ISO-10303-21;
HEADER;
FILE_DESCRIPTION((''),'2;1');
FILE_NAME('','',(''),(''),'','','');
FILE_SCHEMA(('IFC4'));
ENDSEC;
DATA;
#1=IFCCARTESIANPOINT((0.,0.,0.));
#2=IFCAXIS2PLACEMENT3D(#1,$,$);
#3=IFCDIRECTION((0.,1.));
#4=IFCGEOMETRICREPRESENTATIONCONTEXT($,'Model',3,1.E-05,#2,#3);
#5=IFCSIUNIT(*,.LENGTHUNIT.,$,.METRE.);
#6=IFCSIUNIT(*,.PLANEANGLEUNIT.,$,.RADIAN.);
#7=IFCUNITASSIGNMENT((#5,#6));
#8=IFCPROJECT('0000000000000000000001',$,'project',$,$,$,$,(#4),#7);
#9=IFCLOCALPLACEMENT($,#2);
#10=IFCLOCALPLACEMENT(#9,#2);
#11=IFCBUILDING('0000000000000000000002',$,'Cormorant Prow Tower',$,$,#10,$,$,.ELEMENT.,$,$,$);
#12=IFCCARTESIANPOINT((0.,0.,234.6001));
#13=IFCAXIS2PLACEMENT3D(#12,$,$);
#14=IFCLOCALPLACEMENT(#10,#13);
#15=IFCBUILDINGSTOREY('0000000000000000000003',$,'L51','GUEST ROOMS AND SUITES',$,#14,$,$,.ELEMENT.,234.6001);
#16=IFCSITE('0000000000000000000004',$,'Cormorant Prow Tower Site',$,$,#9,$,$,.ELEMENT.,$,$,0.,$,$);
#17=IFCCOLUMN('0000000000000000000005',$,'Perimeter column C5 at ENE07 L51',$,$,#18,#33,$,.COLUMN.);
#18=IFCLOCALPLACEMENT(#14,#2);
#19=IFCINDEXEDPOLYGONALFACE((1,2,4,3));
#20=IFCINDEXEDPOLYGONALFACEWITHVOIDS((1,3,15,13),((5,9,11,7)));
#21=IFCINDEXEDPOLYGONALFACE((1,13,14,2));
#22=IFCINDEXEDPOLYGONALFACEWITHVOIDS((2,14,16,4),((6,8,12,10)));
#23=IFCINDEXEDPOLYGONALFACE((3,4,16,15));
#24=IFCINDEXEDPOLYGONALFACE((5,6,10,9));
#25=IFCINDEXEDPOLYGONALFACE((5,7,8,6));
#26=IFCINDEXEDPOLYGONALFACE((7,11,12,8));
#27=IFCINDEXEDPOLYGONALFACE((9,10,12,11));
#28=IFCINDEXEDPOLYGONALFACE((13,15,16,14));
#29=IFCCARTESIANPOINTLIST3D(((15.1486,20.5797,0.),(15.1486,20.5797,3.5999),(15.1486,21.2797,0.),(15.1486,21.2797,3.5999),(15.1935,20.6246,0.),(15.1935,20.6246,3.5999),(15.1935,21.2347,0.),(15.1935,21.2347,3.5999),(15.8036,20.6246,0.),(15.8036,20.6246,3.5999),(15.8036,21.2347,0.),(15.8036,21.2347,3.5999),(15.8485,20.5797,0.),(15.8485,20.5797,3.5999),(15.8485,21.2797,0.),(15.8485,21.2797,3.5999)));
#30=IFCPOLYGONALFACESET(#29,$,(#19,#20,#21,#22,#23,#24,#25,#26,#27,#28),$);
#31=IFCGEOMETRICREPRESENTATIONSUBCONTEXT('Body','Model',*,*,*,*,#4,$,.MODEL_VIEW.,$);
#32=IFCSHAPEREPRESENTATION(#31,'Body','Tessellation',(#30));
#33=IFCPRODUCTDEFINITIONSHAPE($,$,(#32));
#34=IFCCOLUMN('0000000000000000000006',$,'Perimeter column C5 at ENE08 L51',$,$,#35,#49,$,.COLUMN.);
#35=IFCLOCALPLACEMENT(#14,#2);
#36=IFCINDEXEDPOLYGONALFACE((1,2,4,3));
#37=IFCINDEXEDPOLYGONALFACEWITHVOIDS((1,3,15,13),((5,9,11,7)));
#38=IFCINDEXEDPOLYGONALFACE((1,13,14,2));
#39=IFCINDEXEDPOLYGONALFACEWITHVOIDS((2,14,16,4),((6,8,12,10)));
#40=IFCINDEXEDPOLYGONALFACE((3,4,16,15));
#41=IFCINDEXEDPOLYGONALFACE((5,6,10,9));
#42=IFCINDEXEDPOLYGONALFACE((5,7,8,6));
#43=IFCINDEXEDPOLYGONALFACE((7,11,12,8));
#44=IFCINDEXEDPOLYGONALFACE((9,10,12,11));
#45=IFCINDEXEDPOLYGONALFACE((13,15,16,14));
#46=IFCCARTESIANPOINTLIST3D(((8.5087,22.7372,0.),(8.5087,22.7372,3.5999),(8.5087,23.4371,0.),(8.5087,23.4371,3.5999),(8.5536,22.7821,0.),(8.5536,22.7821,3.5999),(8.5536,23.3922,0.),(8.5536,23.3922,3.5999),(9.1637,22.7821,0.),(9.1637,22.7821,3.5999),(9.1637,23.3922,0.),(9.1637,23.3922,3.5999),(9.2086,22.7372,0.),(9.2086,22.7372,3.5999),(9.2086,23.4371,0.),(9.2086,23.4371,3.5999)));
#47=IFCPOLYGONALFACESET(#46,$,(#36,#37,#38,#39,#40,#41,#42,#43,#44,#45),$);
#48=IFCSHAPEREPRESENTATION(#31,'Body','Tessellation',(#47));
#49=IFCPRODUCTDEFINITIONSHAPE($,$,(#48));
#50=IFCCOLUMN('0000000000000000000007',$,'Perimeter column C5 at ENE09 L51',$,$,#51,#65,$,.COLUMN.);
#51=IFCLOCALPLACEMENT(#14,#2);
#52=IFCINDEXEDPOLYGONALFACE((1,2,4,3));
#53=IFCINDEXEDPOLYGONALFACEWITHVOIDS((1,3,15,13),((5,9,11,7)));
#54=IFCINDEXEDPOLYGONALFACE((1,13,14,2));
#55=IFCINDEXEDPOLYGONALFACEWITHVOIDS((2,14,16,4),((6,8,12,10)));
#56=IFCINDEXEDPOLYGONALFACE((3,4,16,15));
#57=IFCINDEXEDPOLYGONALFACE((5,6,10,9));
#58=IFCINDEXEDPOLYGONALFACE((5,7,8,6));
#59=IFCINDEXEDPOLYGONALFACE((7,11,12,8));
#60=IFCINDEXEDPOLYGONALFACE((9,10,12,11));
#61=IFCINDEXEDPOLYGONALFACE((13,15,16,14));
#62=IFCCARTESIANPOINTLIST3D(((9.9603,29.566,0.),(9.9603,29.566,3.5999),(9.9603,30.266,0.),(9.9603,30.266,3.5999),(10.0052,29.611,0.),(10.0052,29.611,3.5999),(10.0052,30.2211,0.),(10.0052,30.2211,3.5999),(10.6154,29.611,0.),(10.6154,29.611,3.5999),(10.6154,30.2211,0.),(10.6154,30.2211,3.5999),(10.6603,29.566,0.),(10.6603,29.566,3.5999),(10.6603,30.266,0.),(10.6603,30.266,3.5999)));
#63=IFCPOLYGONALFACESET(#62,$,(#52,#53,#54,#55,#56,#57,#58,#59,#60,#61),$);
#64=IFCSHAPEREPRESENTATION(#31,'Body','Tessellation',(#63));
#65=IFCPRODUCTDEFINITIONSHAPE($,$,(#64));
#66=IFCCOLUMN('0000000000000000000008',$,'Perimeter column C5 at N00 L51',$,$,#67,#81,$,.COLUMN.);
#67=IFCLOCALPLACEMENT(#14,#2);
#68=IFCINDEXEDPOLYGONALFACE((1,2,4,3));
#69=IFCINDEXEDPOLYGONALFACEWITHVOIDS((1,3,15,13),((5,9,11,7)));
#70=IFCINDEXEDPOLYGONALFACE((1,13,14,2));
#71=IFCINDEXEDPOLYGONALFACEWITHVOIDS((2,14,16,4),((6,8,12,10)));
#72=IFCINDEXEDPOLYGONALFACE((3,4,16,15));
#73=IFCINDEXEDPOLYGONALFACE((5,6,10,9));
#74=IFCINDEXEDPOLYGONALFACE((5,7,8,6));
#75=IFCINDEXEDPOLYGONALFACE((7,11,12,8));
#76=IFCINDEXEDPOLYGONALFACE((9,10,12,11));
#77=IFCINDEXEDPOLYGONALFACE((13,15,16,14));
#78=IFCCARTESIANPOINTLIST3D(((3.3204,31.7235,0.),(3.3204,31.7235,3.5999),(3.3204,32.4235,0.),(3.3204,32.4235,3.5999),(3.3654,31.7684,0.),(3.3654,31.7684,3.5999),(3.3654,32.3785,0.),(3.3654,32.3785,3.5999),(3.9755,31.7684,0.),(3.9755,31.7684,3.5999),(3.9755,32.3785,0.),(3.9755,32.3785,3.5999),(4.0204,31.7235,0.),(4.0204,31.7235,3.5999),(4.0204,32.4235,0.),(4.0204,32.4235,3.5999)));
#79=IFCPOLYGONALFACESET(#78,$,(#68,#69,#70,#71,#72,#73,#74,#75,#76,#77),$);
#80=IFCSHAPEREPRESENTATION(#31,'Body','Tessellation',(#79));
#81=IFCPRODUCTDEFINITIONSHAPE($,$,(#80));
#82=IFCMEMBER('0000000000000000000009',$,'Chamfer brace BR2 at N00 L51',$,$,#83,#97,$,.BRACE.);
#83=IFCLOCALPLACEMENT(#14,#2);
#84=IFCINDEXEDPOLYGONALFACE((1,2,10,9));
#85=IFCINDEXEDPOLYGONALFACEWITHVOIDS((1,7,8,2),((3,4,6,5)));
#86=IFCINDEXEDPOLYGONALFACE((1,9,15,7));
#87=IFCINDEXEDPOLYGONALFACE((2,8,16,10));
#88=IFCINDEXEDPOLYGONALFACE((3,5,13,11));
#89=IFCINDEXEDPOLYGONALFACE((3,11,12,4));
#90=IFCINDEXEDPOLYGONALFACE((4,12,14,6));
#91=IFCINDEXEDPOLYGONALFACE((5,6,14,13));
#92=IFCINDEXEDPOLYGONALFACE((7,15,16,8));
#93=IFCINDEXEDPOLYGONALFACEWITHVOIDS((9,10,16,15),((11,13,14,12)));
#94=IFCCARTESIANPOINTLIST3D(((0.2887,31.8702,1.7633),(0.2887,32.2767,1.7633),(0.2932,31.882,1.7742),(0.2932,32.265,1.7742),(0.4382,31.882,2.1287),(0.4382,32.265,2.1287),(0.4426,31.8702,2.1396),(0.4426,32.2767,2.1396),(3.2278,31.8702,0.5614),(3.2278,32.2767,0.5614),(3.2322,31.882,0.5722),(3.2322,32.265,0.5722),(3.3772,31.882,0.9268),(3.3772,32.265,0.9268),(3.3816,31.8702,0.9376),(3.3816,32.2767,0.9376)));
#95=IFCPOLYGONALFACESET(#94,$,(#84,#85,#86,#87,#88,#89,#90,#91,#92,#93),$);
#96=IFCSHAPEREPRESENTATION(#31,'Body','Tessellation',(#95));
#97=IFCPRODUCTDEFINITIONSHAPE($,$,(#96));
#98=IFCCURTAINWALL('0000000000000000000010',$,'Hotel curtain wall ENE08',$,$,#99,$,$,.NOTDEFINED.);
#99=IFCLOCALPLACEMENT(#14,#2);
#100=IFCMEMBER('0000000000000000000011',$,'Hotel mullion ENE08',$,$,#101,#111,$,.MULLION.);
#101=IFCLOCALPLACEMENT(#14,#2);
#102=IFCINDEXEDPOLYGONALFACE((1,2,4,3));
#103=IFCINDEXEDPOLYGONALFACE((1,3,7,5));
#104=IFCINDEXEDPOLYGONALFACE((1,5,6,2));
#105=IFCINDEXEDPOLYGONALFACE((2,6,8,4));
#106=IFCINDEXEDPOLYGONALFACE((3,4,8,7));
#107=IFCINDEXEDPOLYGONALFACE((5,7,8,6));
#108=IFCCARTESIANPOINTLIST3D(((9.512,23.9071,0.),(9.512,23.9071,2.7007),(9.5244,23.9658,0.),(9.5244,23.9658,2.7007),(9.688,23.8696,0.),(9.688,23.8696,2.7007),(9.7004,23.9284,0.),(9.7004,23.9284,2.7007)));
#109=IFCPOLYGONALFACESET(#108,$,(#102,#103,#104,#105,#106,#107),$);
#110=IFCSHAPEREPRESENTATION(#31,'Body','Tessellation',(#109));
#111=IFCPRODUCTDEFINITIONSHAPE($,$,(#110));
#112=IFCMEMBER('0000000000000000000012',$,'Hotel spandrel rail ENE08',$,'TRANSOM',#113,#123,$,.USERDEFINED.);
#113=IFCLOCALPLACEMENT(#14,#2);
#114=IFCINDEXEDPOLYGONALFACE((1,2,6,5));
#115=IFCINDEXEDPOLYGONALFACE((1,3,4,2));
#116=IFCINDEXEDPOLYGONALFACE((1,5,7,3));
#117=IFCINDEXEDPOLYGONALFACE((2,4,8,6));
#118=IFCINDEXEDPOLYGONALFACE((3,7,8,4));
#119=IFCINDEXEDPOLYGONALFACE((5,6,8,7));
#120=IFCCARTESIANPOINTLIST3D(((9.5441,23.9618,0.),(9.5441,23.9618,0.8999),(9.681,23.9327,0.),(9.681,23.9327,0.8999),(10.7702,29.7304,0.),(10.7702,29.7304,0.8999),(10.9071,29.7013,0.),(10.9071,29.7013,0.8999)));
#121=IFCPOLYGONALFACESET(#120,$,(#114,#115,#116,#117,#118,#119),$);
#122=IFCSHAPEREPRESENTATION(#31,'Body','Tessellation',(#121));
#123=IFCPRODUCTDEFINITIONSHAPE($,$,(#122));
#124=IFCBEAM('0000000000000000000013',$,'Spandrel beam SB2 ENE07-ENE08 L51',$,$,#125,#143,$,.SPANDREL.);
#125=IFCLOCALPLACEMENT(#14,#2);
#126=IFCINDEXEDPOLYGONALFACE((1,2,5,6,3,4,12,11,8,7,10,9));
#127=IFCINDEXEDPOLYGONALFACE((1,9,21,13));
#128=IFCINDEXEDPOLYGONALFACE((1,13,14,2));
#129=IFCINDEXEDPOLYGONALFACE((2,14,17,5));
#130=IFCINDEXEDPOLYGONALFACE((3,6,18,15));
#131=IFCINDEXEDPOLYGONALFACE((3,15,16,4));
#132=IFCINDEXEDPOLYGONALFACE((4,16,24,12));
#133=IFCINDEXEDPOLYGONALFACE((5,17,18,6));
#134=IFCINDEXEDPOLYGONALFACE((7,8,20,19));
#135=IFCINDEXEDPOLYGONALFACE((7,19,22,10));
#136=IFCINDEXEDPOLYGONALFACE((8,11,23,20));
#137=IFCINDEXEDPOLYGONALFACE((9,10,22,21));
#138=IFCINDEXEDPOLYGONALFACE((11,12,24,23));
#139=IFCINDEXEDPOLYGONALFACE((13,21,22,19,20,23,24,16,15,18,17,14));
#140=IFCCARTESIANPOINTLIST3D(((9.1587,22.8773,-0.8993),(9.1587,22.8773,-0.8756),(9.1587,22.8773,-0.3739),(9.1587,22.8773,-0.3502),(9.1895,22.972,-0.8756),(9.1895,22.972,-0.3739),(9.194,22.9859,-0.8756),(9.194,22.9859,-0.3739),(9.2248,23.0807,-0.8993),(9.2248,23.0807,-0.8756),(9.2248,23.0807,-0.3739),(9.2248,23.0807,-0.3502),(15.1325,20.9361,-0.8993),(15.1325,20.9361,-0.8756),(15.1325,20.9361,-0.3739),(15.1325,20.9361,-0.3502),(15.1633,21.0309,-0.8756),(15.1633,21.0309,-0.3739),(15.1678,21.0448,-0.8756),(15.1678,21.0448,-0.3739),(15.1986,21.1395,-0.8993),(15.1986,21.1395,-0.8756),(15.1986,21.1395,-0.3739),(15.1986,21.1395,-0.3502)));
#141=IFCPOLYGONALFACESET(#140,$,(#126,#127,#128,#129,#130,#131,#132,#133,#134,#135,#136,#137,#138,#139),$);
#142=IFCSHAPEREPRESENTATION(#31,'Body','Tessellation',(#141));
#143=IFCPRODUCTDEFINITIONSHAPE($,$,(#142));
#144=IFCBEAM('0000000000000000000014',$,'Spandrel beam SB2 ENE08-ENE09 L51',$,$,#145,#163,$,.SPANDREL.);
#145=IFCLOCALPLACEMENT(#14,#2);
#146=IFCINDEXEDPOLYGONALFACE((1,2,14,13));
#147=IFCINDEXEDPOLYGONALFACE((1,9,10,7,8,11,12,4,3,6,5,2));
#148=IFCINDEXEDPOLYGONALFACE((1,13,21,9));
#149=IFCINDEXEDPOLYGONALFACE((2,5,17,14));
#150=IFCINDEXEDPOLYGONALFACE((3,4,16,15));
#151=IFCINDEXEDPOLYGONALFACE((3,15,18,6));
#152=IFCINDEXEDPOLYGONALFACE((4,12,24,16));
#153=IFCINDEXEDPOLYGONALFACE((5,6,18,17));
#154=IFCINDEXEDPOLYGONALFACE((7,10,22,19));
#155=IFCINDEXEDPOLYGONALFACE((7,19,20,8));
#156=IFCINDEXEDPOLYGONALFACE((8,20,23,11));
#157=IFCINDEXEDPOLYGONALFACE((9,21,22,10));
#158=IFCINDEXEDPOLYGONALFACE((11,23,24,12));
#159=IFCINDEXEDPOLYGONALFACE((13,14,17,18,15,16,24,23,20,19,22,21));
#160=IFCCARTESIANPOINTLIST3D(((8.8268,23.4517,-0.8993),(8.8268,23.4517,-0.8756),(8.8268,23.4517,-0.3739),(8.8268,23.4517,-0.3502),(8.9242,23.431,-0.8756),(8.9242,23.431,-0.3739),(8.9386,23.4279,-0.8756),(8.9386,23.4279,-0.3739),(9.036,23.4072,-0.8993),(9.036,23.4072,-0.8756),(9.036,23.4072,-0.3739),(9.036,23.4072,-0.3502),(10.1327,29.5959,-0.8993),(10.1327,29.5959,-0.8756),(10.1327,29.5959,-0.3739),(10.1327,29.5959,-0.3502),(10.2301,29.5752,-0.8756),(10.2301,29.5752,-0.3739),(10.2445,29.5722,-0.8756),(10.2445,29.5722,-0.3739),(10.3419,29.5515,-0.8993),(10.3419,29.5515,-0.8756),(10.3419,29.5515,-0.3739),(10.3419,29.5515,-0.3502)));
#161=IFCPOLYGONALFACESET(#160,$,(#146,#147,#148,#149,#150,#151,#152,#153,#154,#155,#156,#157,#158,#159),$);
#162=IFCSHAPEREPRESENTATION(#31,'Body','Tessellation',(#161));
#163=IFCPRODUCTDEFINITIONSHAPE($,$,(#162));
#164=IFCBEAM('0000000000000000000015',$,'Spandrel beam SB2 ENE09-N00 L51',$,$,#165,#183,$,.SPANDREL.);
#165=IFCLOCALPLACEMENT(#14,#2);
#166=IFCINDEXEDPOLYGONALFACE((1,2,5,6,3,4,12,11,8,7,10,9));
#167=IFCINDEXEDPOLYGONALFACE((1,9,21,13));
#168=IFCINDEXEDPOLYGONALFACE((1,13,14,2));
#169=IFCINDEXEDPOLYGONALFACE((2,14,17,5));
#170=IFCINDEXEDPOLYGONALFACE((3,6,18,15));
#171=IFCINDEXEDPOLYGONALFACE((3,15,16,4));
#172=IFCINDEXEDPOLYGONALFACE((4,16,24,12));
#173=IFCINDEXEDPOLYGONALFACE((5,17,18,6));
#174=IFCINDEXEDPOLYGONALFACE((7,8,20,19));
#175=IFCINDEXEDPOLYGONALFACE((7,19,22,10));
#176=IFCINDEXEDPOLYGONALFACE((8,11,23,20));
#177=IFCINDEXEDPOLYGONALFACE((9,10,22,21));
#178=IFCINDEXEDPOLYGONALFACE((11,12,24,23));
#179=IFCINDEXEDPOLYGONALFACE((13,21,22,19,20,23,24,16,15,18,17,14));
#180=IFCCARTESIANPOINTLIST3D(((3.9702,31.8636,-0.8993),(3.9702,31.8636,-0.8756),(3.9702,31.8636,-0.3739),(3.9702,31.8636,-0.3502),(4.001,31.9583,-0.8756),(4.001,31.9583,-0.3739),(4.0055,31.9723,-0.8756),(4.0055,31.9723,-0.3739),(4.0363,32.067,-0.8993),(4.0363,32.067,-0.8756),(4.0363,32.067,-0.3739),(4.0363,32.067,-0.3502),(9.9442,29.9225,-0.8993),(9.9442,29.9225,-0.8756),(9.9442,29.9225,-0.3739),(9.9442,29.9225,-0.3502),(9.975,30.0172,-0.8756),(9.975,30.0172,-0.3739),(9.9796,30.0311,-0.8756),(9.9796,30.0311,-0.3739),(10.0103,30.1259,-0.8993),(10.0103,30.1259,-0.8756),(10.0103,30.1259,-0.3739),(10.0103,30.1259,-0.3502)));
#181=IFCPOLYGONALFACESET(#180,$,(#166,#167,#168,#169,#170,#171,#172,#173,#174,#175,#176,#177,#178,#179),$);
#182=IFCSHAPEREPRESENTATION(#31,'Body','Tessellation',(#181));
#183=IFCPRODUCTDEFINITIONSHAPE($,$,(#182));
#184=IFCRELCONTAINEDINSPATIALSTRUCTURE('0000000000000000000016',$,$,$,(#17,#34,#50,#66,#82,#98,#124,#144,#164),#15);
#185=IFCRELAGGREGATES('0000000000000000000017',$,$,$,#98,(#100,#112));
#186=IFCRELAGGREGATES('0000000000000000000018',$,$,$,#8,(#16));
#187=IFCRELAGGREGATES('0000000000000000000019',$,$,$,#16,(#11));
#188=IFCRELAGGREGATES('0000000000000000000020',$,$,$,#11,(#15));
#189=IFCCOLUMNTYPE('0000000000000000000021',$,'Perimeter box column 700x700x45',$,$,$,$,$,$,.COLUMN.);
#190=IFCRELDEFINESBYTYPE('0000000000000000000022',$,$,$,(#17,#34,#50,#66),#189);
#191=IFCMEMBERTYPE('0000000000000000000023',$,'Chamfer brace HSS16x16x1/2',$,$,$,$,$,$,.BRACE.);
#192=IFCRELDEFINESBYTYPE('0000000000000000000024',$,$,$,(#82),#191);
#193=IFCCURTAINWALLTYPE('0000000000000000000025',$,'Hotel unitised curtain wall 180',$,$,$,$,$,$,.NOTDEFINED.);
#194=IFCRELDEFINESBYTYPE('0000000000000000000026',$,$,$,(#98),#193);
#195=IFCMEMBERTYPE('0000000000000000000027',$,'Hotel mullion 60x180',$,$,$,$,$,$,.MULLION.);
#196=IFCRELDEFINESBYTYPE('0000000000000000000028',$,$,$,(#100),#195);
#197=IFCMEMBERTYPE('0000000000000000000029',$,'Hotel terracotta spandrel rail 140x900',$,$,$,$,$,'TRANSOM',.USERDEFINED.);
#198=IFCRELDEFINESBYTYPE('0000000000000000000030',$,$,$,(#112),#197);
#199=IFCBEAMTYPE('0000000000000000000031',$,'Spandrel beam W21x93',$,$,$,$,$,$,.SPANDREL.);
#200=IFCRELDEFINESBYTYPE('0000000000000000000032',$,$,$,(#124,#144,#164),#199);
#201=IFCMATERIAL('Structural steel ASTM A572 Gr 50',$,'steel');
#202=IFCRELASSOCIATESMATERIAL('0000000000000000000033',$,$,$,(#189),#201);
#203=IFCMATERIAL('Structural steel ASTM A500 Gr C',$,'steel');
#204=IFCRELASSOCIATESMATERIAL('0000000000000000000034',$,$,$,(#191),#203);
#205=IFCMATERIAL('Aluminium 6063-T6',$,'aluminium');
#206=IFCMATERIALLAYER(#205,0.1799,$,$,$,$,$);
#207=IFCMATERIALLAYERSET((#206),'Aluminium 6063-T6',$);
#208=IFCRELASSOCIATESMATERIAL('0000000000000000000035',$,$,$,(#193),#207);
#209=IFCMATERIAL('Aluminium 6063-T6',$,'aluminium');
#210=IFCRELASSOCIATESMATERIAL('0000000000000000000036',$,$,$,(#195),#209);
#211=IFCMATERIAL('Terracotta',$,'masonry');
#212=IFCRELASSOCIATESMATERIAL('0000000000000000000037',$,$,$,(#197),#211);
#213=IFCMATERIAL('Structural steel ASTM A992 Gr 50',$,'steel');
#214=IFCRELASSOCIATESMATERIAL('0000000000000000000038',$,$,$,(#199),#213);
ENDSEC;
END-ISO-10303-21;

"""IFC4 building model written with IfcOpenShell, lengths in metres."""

from ifc_helpers import new_model, si_unit, direction, frame, origin, origin_2d, place, context, subcontext, project, spatial, rectangle, hollow_rectangle, i_section, extrude, material, layer, layer_set, material_profile, profile_set, type_object, element, aggregate, save


model = new_model("IFC4")

# Units and contexts
model_context = context("Model", 3, precision=1e-05, world=origin(), true_north=direction((0.0, 1.0)))
body_context = subcontext(model_context, "Body", "Model", "MODEL_VIEW")
ifc_project = project(units=[si_unit("LENGTHUNIT", "METRE"), si_unit("PLANEANGLEUNIT", "RADIAN")], contexts=[model_context])

# Site, building, storey
site_placement = place(None, origin())
site = spatial("IfcSite", under=ifc_project, at=site_placement, Name="Cormorant Prow Tower Site", CompositionType="ELEMENT", RefElevation=0.0)
building_placement = place(site_placement, origin())
building = spatial("IfcBuilding", under=site, at=building_placement, Name="Cormorant Prow Tower", CompositionType="ELEMENT")
storey_placement = place(building_placement, frame((0.0, 0.0, 234.6001)))
storey = spatial("IfcBuildingStorey", under=building, at=storey_placement, Name="L51", Description="GUEST ROOMS AND SUITES", CompositionType="ELEMENT", Elevation=234.6001)

# Columns
ifc_material_1 = material(Name="Structural steel ASTM A572 Gr 50", Category="steel")
ifc_material_profile_1 = material_profile(ifc_material_1, hollow_rectangle(XDim=0.7, YDim=0.7, WallThickness=0.0449, at=origin_2d()), Name="Box 700x700x45")
ifc_profile_set_1 = profile_set([ifc_material_profile_1], Name="Structural steel ASTM A572 Gr 50")
column_type = type_object("IfcColumnType", Name="Perimeter box column 700x700x45", PredefinedType="COLUMN", material=ifc_profile_set_1)
for number, where, z_axis, x_axis, name in (
    (1, (15.4985, 20.9297, 0.0), (0.0, 0.0, 1.0), (1.0, 0.0, 0.0), "Perimeter column C5 at ENE07 L51"),
    (2, (8.8586, 23.0872, 0.0), (0.0, 0.0, 1.0), (1.0, 0.0, 0.0), "Perimeter column C5 at ENE08 L51"),
    (3, (10.3103, 29.916, 0.0), (0.0, 0.0, 1.0), (1.0, 0.0, 0.0), "Perimeter column C5 at ENE09 L51"),
    (4, (3.6704, 32.0735, 0.0), (0.0, 0.0, 1.0), (1.0, 0.0, 0.0), "Perimeter column C5 at N00 L51"),
):
    element("IfcColumn", number, at=place(storey_placement, frame(where, z_axis=z_axis, x_axis=x_axis)), inside=storey, type_object=column_type, Name=name, PredefinedType="COLUMN", context=body_context, shape_type="SweptSolid", body=[
        extrude(hollow_rectangle(XDim=0.7, YDim=0.7, WallThickness=0.0449, at=origin_2d()), origin(), (0.0, 0.0, 1.0), 3.5999),
    ])

# Member
ifc_material_2 = material(Name="Structural steel ASTM A500 Gr C", Category="steel")
ifc_material_profile_2 = material_profile(ifc_material_2, hollow_rectangle(XDim=0.4065, YDim=0.4065, WallThickness=0.0117, at=origin_2d()), Name="HSS16x16x1/2")
ifc_profile_set_2 = profile_set([ifc_material_profile_2], Name="Structural steel ASTM A500 Gr C")
member_type_1 = type_object("IfcMemberType", Name="Chamfer brace HSS16x16x1/2", PredefinedType="BRACE", material=ifc_profile_set_2)
member_1_placement = place(storey_placement, frame((3.3047, 32.0735, 0.7495), z_axis=(-0.925591, 0.0, 0.378525), x_axis=(0.0, -1.0, 0.0)))
element("IfcMember", 5, at=member_1_placement, inside=storey, type_object=member_type_1, Name="Chamfer brace BR2 at N00 L51", PredefinedType="BRACE", context=body_context, shape_type="SweptSolid", body=[
    extrude(hollow_rectangle(XDim=0.4065, YDim=0.4065, WallThickness=0.0117, at=origin_2d()), origin(), (0.0, 0.0, 1.0), 3.1753),
])

# Curtain wall, members
ifc_material_3 = material(Name="Aluminium 6063-T6", Category="aluminium")
ifc_layer_1 = layer(ifc_material_3, 0.1799)
ifc_layer_set_1 = layer_set([ifc_layer_1], Name="Aluminium 6063-T6")
curtain_wall_type = type_object("IfcCurtainWallType", Name="Hotel unitised curtain wall 180", PredefinedType="NOTDEFINED", material=ifc_layer_set_1)
curtain_wall_1_placement = place(storey_placement, origin())
curtain_wall_1 = element("IfcCurtainWall", 6, at=curtain_wall_1_placement, inside=storey, type_object=curtain_wall_type, Name="Hotel curtain wall ENE08", PredefinedType="NOTDEFINED")
ifc_material_4 = material(Name="Aluminium 6063-T6", Category="aluminium")
ifc_material_profile_3 = material_profile(ifc_material_4, rectangle(XDim=0.1799, YDim=0.0601, at=origin_2d()), Name="Hotel mullion 60x180")
ifc_profile_set_3 = profile_set([ifc_material_profile_3], Name="Aluminium 6063-T6")
member_type_2 = type_object("IfcMemberType", Name="Hotel mullion 60x180", PredefinedType="MULLION", material=ifc_profile_set_3)
member_2_placement = place(storey_placement, frame((9.6062, 23.9177, 0.0), z_axis=(0.0, 0.0, 1.0), x_axis=(-0.978148, 0.207912, 0.0)))
member_2 = element("IfcMember", 7, at=member_2_placement, type_object=member_type_2, Name="Hotel mullion ENE08", PredefinedType="MULLION", context=body_context, shape_type="SweptSolid", body=[
    extrude(rectangle(XDim=0.1799, YDim=0.0601, at=origin_2d()), origin(), (0.0, 0.0, 1.0), 2.7007),
])
ifc_material_5 = material(Name="Terracotta", Category="masonry")
ifc_material_profile_4 = material_profile(ifc_material_5, rectangle(XDim=0.1399, YDim=0.8999, at=origin_2d()), Name="Hotel terracotta spandrel rail 140x900")
ifc_profile_set_4 = profile_set([ifc_material_profile_4], Name="Terracotta")
member_type_3 = type_object("IfcMemberType", Name="Hotel terracotta spandrel rail 140x900", ElementType="TRANSOM", PredefinedType="USERDEFINED", material=ifc_profile_set_4)
member_3_placement = place(storey_placement, frame((9.6125, 23.9473, 0.45), z_axis=(0.2079, 0.97815, 0.0), x_axis=(-0.97815, 0.2079, 0.0)))
member_3 = element("IfcMember", 8, at=member_3_placement, type_object=member_type_3, Name="Hotel spandrel rail ENE08", ObjectType="TRANSOM", PredefinedType="USERDEFINED", context=body_context, shape_type="SweptSolid", body=[
    extrude(rectangle(XDim=0.1399, YDim=0.8999, at=origin_2d()), origin(), (0.0, 0.0, 1.0), 5.8975),
])

# Beams
ifc_material_6 = material(Name="Structural steel ASTM A992 Gr 50", Category="steel")
ifc_material_profile_5 = material_profile(ifc_material_6, i_section(OverallWidth=0.2139, OverallDepth=0.5491, WebThickness=0.0146, FlangeThickness=0.0237, at=origin_2d()), Name="W21x93")
ifc_profile_set_5 = profile_set([ifc_material_profile_5], Name="Structural steel ASTM A992 Gr 50")
beam_type = type_object("IfcBeamType", Name="Spandrel beam W21x93", PredefinedType="SPANDREL", material=ifc_profile_set_5)
beam_1_placement = place(storey_placement, frame((15.1655, 21.0378, -0.6248), z_axis=(-0.95105, 0.309036, 0.0), x_axis=(-0.309036, -0.95105, 0.0)))
element("IfcBeam", 9, at=beam_1_placement, inside=storey, type_object=beam_type, Name="Spandrel beam SB2 ENE07-ENE08 L51", PredefinedType="SPANDREL", context=body_context, shape_type="SweptSolid", body=[
    extrude(i_section(OverallWidth=0.2139, OverallDepth=0.5491, WebThickness=0.0146, FlangeThickness=0.0237, at=origin_2d()), origin(), (0.0, 0.0, 1.0), 6.2812),
])
for number, where, z_axis, x_axis, name in (
    (10, (8.9314, 23.4294, -0.6248), (0.207896, 0.978151, 0.0), (-0.978151, 0.207896, 0.0), "Spandrel beam SB2 ENE08-ENE09 L51"),
    (11, (9.9773, 30.0242, -0.6248), (-0.951054, 0.309025, 0.0), (-0.309025, -0.951054, 0.0), "Spandrel beam SB2 ENE09-N00 L51"),
):
    element("IfcBeam", number, at=place(storey_placement, frame(where, z_axis=z_axis, x_axis=x_axis)), inside=storey, type_object=beam_type, Name=name, PredefinedType="SPANDREL", context=body_context, shape_type="SweptSolid", body=[
        extrude(i_section(OverallWidth=0.2139, OverallDepth=0.5491, WebThickness=0.0146, FlangeThickness=0.0237, at=origin_2d()), origin(), (0.0, 0.0, 1.0), 6.2815),
    ])

aggregate(curtain_wall_1, [member_2, member_3])

save(model, "model.ifc")
